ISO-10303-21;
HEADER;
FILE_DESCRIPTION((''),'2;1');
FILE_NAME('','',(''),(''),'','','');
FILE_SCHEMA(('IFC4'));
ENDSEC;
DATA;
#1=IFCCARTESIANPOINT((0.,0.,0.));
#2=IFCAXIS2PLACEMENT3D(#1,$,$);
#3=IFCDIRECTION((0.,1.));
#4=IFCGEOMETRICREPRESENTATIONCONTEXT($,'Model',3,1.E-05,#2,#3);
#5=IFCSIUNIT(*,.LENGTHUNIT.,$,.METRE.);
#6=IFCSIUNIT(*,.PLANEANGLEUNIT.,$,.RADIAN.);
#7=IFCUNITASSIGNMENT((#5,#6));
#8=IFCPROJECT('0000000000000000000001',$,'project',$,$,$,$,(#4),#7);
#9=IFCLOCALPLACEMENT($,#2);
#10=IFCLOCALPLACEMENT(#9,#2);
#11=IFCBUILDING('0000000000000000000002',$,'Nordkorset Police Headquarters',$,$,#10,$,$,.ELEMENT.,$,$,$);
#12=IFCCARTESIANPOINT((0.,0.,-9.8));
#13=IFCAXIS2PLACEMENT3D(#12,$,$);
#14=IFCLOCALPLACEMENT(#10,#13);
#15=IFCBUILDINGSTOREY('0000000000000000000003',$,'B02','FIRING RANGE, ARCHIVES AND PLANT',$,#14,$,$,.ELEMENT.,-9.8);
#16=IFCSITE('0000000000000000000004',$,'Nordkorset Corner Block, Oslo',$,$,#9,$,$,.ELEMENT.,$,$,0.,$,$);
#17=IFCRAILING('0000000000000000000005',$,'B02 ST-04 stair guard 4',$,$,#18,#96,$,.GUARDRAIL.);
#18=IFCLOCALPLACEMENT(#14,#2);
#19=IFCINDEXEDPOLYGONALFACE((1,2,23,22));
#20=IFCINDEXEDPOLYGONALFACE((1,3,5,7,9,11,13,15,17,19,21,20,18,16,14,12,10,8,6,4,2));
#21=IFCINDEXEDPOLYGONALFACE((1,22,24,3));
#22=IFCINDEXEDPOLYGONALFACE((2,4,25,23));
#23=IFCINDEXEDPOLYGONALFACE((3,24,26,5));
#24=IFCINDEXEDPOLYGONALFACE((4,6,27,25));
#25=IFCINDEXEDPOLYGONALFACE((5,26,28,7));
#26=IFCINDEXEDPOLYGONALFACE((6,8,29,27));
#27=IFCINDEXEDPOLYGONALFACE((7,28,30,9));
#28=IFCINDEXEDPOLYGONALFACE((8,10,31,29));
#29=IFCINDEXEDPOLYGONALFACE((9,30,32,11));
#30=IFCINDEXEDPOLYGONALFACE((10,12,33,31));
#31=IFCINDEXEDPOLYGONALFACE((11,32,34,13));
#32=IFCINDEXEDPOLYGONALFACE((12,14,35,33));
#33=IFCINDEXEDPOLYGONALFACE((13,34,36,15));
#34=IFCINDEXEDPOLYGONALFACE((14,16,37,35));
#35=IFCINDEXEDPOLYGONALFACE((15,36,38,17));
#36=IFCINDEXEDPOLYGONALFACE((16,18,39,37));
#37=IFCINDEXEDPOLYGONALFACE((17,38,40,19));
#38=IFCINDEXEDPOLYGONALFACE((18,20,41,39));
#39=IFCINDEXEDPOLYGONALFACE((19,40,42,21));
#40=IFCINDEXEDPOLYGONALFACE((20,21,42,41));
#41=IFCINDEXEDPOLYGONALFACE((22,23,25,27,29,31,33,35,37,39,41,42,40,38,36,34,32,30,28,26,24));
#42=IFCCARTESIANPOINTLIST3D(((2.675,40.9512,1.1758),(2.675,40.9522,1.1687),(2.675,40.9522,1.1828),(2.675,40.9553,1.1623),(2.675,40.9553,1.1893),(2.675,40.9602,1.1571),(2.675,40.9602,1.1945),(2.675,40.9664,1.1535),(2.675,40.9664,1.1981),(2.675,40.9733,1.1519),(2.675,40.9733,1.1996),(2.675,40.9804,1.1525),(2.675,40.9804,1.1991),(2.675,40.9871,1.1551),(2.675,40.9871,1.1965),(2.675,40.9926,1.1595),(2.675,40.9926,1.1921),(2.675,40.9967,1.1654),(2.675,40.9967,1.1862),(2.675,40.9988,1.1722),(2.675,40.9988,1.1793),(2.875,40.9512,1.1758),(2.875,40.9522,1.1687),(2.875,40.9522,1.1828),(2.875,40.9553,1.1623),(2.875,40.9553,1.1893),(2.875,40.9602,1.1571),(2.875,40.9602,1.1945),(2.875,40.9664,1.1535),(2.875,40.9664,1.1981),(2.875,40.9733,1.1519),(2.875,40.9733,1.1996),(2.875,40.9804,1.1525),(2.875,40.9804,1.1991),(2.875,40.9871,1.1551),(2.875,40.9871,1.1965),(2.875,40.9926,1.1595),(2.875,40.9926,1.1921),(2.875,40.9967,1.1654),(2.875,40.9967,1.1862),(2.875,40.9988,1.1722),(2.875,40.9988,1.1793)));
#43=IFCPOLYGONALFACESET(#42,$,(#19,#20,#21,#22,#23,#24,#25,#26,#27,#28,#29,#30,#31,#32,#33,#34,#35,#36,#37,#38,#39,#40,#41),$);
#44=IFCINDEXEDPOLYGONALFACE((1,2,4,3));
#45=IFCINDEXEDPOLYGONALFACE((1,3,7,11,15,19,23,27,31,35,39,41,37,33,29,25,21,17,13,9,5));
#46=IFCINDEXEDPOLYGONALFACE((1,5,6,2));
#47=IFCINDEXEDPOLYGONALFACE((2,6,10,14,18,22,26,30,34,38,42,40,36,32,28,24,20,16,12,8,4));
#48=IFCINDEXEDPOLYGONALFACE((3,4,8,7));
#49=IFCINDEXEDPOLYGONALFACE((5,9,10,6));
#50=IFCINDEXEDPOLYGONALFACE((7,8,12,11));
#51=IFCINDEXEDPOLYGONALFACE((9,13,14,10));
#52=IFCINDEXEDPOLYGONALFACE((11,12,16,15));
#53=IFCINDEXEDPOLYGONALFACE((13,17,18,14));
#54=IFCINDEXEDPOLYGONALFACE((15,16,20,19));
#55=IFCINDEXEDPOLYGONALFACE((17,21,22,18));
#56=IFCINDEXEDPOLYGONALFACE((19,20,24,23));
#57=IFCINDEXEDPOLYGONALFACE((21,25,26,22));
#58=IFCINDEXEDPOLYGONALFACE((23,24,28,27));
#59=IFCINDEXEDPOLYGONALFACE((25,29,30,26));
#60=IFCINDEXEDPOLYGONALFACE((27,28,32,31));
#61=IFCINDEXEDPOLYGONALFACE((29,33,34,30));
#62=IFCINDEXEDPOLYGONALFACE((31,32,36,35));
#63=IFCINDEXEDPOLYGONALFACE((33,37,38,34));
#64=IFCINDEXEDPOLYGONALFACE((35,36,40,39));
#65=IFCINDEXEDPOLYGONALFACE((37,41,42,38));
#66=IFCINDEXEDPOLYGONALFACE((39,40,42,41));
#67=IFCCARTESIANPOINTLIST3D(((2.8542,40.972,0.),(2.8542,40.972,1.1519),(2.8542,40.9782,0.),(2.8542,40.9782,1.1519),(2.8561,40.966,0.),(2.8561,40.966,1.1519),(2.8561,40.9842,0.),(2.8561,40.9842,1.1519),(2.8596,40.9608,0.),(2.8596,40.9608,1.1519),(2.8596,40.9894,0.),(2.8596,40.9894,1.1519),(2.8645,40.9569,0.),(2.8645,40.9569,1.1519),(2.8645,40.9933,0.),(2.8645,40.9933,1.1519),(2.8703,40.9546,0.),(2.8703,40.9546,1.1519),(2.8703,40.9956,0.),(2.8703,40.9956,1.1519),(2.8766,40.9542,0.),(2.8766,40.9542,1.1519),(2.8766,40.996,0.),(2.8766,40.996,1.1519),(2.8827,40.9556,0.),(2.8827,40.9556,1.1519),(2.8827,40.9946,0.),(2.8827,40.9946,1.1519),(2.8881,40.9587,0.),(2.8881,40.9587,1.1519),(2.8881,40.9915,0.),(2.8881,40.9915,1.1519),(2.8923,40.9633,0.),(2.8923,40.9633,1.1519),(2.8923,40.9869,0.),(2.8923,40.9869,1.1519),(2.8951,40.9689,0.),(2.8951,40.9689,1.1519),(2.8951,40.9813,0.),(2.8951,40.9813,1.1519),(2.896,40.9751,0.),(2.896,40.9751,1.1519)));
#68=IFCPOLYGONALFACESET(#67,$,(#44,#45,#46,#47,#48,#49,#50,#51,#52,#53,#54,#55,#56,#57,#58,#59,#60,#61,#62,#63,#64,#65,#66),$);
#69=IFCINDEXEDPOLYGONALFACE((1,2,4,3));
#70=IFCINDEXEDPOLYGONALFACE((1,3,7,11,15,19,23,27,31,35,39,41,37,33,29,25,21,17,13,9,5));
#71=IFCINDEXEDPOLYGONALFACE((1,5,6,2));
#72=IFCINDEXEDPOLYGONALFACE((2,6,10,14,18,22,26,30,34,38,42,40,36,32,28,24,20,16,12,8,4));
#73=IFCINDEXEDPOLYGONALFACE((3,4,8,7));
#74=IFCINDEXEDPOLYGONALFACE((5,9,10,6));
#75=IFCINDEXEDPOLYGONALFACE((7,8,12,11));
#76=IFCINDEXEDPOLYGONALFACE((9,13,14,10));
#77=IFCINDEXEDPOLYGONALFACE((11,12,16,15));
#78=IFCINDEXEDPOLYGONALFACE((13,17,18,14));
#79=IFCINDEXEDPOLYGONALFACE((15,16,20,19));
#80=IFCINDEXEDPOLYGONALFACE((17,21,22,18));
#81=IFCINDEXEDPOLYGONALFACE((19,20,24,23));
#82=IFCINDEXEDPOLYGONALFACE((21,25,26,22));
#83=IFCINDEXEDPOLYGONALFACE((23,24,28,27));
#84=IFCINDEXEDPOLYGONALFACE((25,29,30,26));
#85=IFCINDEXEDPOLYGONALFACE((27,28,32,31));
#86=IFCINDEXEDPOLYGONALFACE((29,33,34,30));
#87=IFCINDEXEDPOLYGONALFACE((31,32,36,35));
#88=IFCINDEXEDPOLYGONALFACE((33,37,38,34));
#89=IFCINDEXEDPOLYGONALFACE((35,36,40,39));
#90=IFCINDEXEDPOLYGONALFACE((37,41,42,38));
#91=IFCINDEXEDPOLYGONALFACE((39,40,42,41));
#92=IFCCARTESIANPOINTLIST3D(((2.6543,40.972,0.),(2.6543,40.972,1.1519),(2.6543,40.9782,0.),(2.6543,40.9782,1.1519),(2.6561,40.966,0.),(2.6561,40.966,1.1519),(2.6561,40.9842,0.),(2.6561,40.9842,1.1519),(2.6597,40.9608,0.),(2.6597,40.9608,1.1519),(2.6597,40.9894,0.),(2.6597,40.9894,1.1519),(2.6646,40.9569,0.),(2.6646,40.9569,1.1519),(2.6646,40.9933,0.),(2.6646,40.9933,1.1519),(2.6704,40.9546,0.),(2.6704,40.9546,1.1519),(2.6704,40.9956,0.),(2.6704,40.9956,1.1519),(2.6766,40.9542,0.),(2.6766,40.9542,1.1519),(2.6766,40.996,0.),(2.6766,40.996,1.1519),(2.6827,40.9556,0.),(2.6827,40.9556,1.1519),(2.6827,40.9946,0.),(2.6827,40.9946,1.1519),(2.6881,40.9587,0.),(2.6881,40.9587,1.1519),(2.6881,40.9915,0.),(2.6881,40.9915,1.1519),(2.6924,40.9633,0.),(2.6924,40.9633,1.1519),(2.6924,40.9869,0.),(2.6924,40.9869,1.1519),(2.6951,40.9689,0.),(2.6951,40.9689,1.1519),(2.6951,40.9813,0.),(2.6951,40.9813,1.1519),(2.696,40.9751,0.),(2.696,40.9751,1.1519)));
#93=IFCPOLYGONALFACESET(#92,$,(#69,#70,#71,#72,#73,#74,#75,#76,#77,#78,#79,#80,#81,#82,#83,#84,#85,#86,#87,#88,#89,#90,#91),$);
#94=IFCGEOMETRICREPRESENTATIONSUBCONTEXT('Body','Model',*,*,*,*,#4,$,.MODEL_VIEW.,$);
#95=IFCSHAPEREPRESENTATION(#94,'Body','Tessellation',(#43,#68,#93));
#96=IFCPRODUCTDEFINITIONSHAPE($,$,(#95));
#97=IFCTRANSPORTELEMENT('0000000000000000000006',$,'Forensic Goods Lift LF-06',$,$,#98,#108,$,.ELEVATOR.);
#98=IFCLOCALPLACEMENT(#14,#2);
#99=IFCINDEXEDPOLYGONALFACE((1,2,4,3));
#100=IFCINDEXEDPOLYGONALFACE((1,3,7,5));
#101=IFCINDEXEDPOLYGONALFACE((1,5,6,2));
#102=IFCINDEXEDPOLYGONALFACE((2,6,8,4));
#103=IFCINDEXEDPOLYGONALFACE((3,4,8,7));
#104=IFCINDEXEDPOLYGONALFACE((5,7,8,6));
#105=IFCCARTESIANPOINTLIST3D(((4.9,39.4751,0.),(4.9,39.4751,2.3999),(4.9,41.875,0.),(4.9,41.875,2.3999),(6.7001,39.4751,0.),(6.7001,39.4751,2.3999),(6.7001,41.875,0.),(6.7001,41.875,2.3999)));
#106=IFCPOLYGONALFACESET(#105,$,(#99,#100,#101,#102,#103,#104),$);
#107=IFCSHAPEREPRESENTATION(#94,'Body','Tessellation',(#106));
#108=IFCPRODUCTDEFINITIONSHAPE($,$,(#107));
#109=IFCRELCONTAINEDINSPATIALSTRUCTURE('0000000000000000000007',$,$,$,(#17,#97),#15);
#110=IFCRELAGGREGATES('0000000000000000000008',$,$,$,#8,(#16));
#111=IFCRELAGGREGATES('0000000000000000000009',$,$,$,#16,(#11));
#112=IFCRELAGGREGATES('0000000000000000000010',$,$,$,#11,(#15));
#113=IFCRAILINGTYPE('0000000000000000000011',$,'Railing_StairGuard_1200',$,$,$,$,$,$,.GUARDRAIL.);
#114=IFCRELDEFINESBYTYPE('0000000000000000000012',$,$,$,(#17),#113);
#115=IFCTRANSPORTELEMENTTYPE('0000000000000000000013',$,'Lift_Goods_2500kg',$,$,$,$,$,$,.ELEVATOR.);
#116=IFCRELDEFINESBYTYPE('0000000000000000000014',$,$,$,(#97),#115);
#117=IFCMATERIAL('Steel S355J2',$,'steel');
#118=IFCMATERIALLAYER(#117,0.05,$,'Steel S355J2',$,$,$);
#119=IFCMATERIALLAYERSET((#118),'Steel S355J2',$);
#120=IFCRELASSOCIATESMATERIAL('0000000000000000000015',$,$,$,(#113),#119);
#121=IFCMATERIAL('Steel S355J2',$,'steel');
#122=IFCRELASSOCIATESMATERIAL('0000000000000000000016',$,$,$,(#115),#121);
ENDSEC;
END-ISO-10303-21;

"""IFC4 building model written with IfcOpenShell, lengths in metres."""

from ifc_helpers import new_model, si_unit, direction, frame, origin, origin_2d, place, context, subcontext, project, spatial, rectangle, circle, extrude, material, layer, layer_set, type_object, element, save


model = new_model("IFC4")

# Units and contexts
model_context = context("Model", 3, precision=1e-05, world=origin(), true_north=direction((0.0, 1.0)))
body_context = subcontext(model_context, "Body", "Model", "MODEL_VIEW")
ifc_project = project(units=[si_unit("LENGTHUNIT", "METRE"), si_unit("PLANEANGLEUNIT", "RADIAN")], contexts=[model_context])

# Site, building, storey
site_placement = place(None, origin())
site = spatial("IfcSite", under=ifc_project, at=site_placement, Name="Nordkorset Corner Block, Oslo", CompositionType="ELEMENT", RefElevation=0.0)
building_placement = place(site_placement, origin())
building = spatial("IfcBuilding", under=site, at=building_placement, Name="Nordkorset Police Headquarters", CompositionType="ELEMENT")
storey_placement = place(building_placement, frame((0.0, 0.0, -9.8)))
storey = spatial("IfcBuildingStorey", under=building, at=storey_placement, Name="B02", Description="FIRING RANGE, ARCHIVES AND PLANT", CompositionType="ELEMENT", Elevation=-9.8)

# Railing
ifc_material_1 = material(Name="Steel S355J2", Category="steel")
ifc_layer_1 = layer(ifc_material_1, 0.05, Name="Steel S355J2")
ifc_layer_set_1 = layer_set([ifc_layer_1], Name="Steel S355J2")
railing_type_1 = type_object("IfcRailingType", Name="Railing_StairGuard_1200", PredefinedType="GUARDRAIL", material=ifc_layer_set_1)
railing_1_placement = place(storey_placement, frame((2.875, 40.9751, 0.0)))
element("IfcRailing", 1, at=railing_1_placement, inside=storey, type_object=railing_type_1, Name="B02 ST-04 stair guard 4", PredefinedType="GUARDRAIL", context=body_context, shape_type="SweptSolid", body=[
    extrude(circle(Radius=0.0239, at=origin_2d()), frame((0.0, 0.0, 1.1758), z_axis=(-1.0, 0.0, 0.0), x_axis=(0.0, -1.0, 0.0)), (0.0, 0.0, 1.0), 0.2),
    extrude(circle(Radius=0.021, at=origin_2d()), origin(), (0.0, 0.0, 1.0), 1.1519),
    extrude(circle(Radius=0.021, at=origin_2d()), frame((-0.2, 0.0, 0.0)), (0.0, 0.0, 1.0), 1.1519),
])

# Transport element
ifc_material_2 = material(Name="Steel S355J2", Category="steel")
transport_element_type = type_object("IfcTransportElementType", Name="Lift_Goods_2500kg", PredefinedType="ELEVATOR", material=ifc_material_2)
transport_element_placement = place(storey_placement, frame((5.8, 40.675, 0.0), z_axis=(0.0, 0.0, 1.0), x_axis=(1.0, 0.0, 0.0)))
element("IfcTransportElement", 2, at=transport_element_placement, inside=storey, type_object=transport_element_type, Name="Forensic Goods Lift LF-06", PredefinedType="ELEVATOR", context=body_context, shape_type="SweptSolid", body=[
    extrude(rectangle(XDim=1.8, YDim=2.3999, at=origin_2d()), origin(), (0.0, 0.0, 1.0), 2.3999),
])

save(model, "model.ifc")
